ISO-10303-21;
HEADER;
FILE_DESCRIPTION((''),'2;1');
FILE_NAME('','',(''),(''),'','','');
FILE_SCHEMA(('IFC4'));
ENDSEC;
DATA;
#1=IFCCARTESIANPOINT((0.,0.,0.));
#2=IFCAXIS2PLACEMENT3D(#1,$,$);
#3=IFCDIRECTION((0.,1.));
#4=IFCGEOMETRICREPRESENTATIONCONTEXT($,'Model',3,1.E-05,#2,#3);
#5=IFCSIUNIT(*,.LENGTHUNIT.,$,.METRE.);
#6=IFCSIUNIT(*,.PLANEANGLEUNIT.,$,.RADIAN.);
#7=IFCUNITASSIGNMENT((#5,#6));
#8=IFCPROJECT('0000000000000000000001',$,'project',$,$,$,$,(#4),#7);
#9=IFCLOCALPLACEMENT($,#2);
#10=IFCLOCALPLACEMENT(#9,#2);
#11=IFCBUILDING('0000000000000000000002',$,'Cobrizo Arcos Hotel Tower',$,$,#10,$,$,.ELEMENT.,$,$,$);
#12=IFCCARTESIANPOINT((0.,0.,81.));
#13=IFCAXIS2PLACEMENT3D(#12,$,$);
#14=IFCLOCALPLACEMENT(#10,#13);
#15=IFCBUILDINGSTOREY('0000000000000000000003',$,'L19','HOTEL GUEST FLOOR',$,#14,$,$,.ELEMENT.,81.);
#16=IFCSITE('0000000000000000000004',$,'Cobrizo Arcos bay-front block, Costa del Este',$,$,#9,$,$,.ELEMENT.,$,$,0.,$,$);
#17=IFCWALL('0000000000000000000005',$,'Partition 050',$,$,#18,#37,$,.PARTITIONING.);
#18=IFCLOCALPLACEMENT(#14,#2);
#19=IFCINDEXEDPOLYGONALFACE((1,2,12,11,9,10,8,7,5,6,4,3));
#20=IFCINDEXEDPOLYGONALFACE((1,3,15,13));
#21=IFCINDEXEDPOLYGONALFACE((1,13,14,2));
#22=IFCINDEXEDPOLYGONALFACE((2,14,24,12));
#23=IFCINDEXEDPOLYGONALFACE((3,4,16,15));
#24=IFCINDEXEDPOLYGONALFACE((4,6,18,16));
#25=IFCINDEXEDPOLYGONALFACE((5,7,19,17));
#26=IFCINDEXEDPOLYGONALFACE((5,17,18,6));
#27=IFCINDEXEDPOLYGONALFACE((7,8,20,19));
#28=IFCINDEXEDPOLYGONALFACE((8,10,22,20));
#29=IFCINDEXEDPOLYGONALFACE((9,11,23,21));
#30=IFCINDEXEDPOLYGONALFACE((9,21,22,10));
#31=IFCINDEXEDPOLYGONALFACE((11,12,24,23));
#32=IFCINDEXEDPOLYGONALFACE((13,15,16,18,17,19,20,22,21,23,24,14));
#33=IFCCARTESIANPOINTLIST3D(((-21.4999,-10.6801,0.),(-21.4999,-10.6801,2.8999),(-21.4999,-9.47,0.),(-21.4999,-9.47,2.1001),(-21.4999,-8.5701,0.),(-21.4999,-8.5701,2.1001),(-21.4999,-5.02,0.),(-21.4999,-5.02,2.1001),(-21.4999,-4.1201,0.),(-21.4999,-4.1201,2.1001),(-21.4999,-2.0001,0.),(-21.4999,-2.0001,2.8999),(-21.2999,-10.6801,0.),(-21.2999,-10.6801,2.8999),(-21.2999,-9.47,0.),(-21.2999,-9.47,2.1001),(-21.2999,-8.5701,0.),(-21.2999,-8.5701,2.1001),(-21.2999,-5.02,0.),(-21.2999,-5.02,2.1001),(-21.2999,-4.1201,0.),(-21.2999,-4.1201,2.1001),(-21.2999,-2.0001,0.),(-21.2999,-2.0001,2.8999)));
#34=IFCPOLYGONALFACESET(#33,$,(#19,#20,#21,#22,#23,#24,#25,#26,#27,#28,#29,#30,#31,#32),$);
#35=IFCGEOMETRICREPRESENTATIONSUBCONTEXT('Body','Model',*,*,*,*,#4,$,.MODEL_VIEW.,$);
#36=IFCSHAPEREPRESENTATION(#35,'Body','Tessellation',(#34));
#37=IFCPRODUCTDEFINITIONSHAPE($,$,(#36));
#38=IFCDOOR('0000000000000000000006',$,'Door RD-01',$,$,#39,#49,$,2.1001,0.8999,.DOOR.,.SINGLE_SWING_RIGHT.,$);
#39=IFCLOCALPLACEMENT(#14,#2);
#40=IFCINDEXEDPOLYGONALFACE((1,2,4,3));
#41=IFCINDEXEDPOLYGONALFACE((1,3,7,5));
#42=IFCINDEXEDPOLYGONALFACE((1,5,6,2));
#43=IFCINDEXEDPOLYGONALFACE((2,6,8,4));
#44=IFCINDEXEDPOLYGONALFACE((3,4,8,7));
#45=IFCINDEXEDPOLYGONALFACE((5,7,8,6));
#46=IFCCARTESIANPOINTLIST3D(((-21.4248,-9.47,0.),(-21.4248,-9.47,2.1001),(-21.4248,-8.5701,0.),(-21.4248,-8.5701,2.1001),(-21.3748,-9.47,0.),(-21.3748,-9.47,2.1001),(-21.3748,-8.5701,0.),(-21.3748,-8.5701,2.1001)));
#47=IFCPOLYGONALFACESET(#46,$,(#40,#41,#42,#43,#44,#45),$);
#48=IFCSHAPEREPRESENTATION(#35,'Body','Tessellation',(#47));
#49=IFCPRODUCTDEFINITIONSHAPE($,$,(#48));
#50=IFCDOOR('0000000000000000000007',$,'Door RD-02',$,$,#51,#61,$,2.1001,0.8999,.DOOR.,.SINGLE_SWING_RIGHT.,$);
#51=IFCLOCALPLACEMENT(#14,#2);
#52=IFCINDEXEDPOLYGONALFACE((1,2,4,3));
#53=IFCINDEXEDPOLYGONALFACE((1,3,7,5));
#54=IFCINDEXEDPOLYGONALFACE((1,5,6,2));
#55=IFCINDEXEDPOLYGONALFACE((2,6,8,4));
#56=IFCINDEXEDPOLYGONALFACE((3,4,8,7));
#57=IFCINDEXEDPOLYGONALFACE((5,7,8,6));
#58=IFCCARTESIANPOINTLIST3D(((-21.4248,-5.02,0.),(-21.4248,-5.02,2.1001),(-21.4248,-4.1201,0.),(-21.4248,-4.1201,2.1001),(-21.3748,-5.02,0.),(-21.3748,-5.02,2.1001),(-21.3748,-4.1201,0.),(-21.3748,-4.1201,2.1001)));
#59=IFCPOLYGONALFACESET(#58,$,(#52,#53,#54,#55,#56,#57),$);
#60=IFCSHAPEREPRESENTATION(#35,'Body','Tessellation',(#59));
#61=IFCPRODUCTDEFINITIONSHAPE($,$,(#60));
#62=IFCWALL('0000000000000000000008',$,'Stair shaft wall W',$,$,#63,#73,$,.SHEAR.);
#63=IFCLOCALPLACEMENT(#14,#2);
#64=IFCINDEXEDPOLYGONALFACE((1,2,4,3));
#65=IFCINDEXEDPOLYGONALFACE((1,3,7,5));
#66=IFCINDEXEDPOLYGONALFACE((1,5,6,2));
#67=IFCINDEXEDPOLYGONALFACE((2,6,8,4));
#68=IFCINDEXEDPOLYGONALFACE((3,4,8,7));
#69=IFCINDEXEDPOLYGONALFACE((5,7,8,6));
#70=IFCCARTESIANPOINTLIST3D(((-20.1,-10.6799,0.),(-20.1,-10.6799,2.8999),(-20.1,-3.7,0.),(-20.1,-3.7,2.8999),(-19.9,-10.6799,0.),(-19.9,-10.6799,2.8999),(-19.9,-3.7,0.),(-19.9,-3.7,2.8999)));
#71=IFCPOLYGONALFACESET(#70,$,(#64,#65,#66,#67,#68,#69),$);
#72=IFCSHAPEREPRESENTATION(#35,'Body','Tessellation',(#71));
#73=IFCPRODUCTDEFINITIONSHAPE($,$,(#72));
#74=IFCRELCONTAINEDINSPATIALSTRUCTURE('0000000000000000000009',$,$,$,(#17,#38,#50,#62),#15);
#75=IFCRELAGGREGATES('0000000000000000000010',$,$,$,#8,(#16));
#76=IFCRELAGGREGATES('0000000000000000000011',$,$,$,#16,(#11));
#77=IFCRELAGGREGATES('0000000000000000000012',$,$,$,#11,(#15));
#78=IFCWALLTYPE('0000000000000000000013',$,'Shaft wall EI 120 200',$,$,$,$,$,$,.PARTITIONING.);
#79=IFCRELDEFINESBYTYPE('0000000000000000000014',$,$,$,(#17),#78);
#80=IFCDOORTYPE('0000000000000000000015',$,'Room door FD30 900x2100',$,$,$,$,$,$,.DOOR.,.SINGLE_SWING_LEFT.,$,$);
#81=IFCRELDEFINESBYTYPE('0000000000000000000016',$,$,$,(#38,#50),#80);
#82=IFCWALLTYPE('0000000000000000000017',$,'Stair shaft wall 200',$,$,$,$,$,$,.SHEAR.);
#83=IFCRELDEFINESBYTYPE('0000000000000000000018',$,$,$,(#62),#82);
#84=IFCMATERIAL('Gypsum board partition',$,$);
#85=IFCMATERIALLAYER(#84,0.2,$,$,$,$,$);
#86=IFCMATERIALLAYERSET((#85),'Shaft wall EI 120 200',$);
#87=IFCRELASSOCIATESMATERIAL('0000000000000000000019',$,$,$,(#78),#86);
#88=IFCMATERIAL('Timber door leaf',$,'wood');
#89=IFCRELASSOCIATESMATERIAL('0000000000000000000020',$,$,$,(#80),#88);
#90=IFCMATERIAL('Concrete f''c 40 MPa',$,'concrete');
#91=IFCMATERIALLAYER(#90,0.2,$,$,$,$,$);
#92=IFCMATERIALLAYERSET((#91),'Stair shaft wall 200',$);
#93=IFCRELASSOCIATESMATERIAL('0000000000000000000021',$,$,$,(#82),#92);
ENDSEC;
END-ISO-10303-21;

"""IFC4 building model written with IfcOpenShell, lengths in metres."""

from ifc_helpers import new_model, si_unit, direction, frame, frame_2d, origin, place, context, subcontext, project, spatial, rectangle, extrude, material, layer, layer_set, type_object, element, fill, save


model = new_model("IFC4")

# Units and contexts
model_context = context("Model", 3, precision=1e-05, world=origin(), true_north=direction((0.0, 1.0)))
body_context = subcontext(model_context, "Body", "Model", "MODEL_VIEW")
ifc_project = project(units=[si_unit("LENGTHUNIT", "METRE"), si_unit("PLANEANGLEUNIT", "RADIAN")], contexts=[model_context])

# Site, building, storey
site_placement = place(None, origin())
site = spatial("IfcSite", under=ifc_project, at=site_placement, Name="Cobrizo Arcos bay-front block, Costa del Este", CompositionType="ELEMENT", RefElevation=0.0)
building_placement = place(site_placement, origin())
building = spatial("IfcBuilding", under=site, at=building_placement, Name="Cobrizo Arcos Hotel Tower", CompositionType="ELEMENT")
storey_placement = place(building_placement, frame((0.0, 0.0, 81.0)))
storey = spatial("IfcBuildingStorey", under=building, at=storey_placement, Name="L19", Description="HOTEL GUEST FLOOR", CompositionType="ELEMENT", Elevation=81.0)

# Wall, openings, doors
ifc_material_1 = material(Name="Gypsum board partition")
ifc_layer_1 = layer(ifc_material_1, 0.2)
ifc_layer_set_1 = layer_set([ifc_layer_1], Name="Shaft wall EI 120 200")
wall_type_1 = type_object("IfcWallType", Name="Shaft wall EI 120 200", PredefinedType="PARTITIONING", material=ifc_layer_set_1)
wall_1_placement = place(storey_placement, frame((-21.3999, -10.6799, 0.0), z_axis=(0.0, 0.0, 1.0), x_axis=(0.0, 1.0, 0.0)))
wall_1 = element("IfcWall", 1, at=wall_1_placement, inside=storey, type_object=wall_type_1, Name="Partition 050", PredefinedType="PARTITIONING", context=body_context, shape_type="SweptSolid", body=[
    extrude(rectangle(XDim=8.6799, YDim=0.2, at=frame_2d((4.3398, 0.0))), origin(), (0.0, 0.0, 1.0), 2.8999),
])
opening_1_placement = place(wall_1_placement, frame((1.21, 0.0, 0.0)))
opening_1 = element("IfcOpeningElement", 2, at=opening_1_placement, cuts=wall_1, PredefinedType="OPENING", context=body_context, shape_type="SweptSolid", body=[
    extrude(rectangle(XDim=0.8999, YDim=2.1001, at=frame_2d((0.45, 1.05))), frame((0.0, 0.1121, 0.0), z_axis=(0.0, -1.0, 0.0), x_axis=(1.0, 0.0, 0.0)), (0.0, 0.0, 1.0), 0.2239),
])
opening_2_placement = place(wall_1_placement, frame((5.6599, 0.0, 0.0)))
opening_2 = element("IfcOpeningElement", 3, at=opening_2_placement, cuts=wall_1, PredefinedType="OPENING", context=body_context, shape_type="SweptSolid", body=[
    extrude(rectangle(XDim=0.8999, YDim=2.1001, at=frame_2d((0.45, 1.05))), frame((0.0, 0.1121, 0.0), z_axis=(0.0, -1.0, 0.0), x_axis=(1.0, 0.0, 0.0)), (0.0, 0.0, 1.0), 0.2239),
])
ifc_material_2 = material(Name="Timber door leaf", Category="wood")
door_type_1 = type_object("IfcDoorType", Name="Room door FD30 900x2100", OperationType="SINGLE_SWING_LEFT", PredefinedType="DOOR", material=ifc_material_2)
door_1_placement = place(opening_1_placement, origin())
door_1 = element("IfcDoor", 4, at=door_1_placement, inside=storey, type_object=door_type_1, Name="Door RD-01", OperationType="SINGLE_SWING_RIGHT", OverallHeight=2.1001, OverallWidth=0.8999, PredefinedType="DOOR", context=body_context, shape_type="SweptSolid", body=[
    extrude(rectangle(XDim=0.8999, YDim=2.1001, at=frame_2d((0.45, 1.05))), frame((0.0, 0.0249, 0.0), z_axis=(0.0, -1.0, 0.0), x_axis=(1.0, 0.0, 0.0)), (0.0, 0.0, 1.0), 0.05),
])
fill(opening_1, door_1)
door_2_placement = place(opening_2_placement, origin())
door_2 = element("IfcDoor", 5, at=door_2_placement, inside=storey, type_object=door_type_1, Name="Door RD-02", OperationType="SINGLE_SWING_RIGHT", OverallHeight=2.1001, OverallWidth=0.8999, PredefinedType="DOOR", context=body_context, shape_type="SweptSolid", body=[
    extrude(rectangle(XDim=0.8999, YDim=2.1001, at=frame_2d((0.45, 1.05))), frame((0.0, 0.0249, 0.0), z_axis=(0.0, -1.0, 0.0), x_axis=(1.0, 0.0, 0.0)), (0.0, 0.0, 1.0), 0.05),
])
fill(opening_2, door_2)

# Wall
ifc_material_3 = material(Name="Concrete f'c 40 MPa", Category="concrete")
ifc_layer_2 = layer(ifc_material_3, 0.2)
ifc_layer_set_2 = layer_set([ifc_layer_2], Name="Stair shaft wall 200")
wall_type_2 = type_object("IfcWallType", Name="Stair shaft wall 200", PredefinedType="SHEAR", material=ifc_layer_set_2)
wall_2_placement = place(storey_placement, frame((-20.0, -10.6799, 0.0), z_axis=(0.0, 0.0, 1.0), x_axis=(0.0, 1.0, 0.0)))
element("IfcWall", 6, at=wall_2_placement, inside=storey, type_object=wall_type_2, Name="Stair shaft wall W", PredefinedType="SHEAR", context=body_context, shape_type="SweptSolid", body=[
    extrude(rectangle(XDim=6.98, YDim=0.2, at=frame_2d((3.49, 0.0))), origin(), (0.0, 0.0, 1.0), 2.8999),
])

save(model, "model.ifc")
